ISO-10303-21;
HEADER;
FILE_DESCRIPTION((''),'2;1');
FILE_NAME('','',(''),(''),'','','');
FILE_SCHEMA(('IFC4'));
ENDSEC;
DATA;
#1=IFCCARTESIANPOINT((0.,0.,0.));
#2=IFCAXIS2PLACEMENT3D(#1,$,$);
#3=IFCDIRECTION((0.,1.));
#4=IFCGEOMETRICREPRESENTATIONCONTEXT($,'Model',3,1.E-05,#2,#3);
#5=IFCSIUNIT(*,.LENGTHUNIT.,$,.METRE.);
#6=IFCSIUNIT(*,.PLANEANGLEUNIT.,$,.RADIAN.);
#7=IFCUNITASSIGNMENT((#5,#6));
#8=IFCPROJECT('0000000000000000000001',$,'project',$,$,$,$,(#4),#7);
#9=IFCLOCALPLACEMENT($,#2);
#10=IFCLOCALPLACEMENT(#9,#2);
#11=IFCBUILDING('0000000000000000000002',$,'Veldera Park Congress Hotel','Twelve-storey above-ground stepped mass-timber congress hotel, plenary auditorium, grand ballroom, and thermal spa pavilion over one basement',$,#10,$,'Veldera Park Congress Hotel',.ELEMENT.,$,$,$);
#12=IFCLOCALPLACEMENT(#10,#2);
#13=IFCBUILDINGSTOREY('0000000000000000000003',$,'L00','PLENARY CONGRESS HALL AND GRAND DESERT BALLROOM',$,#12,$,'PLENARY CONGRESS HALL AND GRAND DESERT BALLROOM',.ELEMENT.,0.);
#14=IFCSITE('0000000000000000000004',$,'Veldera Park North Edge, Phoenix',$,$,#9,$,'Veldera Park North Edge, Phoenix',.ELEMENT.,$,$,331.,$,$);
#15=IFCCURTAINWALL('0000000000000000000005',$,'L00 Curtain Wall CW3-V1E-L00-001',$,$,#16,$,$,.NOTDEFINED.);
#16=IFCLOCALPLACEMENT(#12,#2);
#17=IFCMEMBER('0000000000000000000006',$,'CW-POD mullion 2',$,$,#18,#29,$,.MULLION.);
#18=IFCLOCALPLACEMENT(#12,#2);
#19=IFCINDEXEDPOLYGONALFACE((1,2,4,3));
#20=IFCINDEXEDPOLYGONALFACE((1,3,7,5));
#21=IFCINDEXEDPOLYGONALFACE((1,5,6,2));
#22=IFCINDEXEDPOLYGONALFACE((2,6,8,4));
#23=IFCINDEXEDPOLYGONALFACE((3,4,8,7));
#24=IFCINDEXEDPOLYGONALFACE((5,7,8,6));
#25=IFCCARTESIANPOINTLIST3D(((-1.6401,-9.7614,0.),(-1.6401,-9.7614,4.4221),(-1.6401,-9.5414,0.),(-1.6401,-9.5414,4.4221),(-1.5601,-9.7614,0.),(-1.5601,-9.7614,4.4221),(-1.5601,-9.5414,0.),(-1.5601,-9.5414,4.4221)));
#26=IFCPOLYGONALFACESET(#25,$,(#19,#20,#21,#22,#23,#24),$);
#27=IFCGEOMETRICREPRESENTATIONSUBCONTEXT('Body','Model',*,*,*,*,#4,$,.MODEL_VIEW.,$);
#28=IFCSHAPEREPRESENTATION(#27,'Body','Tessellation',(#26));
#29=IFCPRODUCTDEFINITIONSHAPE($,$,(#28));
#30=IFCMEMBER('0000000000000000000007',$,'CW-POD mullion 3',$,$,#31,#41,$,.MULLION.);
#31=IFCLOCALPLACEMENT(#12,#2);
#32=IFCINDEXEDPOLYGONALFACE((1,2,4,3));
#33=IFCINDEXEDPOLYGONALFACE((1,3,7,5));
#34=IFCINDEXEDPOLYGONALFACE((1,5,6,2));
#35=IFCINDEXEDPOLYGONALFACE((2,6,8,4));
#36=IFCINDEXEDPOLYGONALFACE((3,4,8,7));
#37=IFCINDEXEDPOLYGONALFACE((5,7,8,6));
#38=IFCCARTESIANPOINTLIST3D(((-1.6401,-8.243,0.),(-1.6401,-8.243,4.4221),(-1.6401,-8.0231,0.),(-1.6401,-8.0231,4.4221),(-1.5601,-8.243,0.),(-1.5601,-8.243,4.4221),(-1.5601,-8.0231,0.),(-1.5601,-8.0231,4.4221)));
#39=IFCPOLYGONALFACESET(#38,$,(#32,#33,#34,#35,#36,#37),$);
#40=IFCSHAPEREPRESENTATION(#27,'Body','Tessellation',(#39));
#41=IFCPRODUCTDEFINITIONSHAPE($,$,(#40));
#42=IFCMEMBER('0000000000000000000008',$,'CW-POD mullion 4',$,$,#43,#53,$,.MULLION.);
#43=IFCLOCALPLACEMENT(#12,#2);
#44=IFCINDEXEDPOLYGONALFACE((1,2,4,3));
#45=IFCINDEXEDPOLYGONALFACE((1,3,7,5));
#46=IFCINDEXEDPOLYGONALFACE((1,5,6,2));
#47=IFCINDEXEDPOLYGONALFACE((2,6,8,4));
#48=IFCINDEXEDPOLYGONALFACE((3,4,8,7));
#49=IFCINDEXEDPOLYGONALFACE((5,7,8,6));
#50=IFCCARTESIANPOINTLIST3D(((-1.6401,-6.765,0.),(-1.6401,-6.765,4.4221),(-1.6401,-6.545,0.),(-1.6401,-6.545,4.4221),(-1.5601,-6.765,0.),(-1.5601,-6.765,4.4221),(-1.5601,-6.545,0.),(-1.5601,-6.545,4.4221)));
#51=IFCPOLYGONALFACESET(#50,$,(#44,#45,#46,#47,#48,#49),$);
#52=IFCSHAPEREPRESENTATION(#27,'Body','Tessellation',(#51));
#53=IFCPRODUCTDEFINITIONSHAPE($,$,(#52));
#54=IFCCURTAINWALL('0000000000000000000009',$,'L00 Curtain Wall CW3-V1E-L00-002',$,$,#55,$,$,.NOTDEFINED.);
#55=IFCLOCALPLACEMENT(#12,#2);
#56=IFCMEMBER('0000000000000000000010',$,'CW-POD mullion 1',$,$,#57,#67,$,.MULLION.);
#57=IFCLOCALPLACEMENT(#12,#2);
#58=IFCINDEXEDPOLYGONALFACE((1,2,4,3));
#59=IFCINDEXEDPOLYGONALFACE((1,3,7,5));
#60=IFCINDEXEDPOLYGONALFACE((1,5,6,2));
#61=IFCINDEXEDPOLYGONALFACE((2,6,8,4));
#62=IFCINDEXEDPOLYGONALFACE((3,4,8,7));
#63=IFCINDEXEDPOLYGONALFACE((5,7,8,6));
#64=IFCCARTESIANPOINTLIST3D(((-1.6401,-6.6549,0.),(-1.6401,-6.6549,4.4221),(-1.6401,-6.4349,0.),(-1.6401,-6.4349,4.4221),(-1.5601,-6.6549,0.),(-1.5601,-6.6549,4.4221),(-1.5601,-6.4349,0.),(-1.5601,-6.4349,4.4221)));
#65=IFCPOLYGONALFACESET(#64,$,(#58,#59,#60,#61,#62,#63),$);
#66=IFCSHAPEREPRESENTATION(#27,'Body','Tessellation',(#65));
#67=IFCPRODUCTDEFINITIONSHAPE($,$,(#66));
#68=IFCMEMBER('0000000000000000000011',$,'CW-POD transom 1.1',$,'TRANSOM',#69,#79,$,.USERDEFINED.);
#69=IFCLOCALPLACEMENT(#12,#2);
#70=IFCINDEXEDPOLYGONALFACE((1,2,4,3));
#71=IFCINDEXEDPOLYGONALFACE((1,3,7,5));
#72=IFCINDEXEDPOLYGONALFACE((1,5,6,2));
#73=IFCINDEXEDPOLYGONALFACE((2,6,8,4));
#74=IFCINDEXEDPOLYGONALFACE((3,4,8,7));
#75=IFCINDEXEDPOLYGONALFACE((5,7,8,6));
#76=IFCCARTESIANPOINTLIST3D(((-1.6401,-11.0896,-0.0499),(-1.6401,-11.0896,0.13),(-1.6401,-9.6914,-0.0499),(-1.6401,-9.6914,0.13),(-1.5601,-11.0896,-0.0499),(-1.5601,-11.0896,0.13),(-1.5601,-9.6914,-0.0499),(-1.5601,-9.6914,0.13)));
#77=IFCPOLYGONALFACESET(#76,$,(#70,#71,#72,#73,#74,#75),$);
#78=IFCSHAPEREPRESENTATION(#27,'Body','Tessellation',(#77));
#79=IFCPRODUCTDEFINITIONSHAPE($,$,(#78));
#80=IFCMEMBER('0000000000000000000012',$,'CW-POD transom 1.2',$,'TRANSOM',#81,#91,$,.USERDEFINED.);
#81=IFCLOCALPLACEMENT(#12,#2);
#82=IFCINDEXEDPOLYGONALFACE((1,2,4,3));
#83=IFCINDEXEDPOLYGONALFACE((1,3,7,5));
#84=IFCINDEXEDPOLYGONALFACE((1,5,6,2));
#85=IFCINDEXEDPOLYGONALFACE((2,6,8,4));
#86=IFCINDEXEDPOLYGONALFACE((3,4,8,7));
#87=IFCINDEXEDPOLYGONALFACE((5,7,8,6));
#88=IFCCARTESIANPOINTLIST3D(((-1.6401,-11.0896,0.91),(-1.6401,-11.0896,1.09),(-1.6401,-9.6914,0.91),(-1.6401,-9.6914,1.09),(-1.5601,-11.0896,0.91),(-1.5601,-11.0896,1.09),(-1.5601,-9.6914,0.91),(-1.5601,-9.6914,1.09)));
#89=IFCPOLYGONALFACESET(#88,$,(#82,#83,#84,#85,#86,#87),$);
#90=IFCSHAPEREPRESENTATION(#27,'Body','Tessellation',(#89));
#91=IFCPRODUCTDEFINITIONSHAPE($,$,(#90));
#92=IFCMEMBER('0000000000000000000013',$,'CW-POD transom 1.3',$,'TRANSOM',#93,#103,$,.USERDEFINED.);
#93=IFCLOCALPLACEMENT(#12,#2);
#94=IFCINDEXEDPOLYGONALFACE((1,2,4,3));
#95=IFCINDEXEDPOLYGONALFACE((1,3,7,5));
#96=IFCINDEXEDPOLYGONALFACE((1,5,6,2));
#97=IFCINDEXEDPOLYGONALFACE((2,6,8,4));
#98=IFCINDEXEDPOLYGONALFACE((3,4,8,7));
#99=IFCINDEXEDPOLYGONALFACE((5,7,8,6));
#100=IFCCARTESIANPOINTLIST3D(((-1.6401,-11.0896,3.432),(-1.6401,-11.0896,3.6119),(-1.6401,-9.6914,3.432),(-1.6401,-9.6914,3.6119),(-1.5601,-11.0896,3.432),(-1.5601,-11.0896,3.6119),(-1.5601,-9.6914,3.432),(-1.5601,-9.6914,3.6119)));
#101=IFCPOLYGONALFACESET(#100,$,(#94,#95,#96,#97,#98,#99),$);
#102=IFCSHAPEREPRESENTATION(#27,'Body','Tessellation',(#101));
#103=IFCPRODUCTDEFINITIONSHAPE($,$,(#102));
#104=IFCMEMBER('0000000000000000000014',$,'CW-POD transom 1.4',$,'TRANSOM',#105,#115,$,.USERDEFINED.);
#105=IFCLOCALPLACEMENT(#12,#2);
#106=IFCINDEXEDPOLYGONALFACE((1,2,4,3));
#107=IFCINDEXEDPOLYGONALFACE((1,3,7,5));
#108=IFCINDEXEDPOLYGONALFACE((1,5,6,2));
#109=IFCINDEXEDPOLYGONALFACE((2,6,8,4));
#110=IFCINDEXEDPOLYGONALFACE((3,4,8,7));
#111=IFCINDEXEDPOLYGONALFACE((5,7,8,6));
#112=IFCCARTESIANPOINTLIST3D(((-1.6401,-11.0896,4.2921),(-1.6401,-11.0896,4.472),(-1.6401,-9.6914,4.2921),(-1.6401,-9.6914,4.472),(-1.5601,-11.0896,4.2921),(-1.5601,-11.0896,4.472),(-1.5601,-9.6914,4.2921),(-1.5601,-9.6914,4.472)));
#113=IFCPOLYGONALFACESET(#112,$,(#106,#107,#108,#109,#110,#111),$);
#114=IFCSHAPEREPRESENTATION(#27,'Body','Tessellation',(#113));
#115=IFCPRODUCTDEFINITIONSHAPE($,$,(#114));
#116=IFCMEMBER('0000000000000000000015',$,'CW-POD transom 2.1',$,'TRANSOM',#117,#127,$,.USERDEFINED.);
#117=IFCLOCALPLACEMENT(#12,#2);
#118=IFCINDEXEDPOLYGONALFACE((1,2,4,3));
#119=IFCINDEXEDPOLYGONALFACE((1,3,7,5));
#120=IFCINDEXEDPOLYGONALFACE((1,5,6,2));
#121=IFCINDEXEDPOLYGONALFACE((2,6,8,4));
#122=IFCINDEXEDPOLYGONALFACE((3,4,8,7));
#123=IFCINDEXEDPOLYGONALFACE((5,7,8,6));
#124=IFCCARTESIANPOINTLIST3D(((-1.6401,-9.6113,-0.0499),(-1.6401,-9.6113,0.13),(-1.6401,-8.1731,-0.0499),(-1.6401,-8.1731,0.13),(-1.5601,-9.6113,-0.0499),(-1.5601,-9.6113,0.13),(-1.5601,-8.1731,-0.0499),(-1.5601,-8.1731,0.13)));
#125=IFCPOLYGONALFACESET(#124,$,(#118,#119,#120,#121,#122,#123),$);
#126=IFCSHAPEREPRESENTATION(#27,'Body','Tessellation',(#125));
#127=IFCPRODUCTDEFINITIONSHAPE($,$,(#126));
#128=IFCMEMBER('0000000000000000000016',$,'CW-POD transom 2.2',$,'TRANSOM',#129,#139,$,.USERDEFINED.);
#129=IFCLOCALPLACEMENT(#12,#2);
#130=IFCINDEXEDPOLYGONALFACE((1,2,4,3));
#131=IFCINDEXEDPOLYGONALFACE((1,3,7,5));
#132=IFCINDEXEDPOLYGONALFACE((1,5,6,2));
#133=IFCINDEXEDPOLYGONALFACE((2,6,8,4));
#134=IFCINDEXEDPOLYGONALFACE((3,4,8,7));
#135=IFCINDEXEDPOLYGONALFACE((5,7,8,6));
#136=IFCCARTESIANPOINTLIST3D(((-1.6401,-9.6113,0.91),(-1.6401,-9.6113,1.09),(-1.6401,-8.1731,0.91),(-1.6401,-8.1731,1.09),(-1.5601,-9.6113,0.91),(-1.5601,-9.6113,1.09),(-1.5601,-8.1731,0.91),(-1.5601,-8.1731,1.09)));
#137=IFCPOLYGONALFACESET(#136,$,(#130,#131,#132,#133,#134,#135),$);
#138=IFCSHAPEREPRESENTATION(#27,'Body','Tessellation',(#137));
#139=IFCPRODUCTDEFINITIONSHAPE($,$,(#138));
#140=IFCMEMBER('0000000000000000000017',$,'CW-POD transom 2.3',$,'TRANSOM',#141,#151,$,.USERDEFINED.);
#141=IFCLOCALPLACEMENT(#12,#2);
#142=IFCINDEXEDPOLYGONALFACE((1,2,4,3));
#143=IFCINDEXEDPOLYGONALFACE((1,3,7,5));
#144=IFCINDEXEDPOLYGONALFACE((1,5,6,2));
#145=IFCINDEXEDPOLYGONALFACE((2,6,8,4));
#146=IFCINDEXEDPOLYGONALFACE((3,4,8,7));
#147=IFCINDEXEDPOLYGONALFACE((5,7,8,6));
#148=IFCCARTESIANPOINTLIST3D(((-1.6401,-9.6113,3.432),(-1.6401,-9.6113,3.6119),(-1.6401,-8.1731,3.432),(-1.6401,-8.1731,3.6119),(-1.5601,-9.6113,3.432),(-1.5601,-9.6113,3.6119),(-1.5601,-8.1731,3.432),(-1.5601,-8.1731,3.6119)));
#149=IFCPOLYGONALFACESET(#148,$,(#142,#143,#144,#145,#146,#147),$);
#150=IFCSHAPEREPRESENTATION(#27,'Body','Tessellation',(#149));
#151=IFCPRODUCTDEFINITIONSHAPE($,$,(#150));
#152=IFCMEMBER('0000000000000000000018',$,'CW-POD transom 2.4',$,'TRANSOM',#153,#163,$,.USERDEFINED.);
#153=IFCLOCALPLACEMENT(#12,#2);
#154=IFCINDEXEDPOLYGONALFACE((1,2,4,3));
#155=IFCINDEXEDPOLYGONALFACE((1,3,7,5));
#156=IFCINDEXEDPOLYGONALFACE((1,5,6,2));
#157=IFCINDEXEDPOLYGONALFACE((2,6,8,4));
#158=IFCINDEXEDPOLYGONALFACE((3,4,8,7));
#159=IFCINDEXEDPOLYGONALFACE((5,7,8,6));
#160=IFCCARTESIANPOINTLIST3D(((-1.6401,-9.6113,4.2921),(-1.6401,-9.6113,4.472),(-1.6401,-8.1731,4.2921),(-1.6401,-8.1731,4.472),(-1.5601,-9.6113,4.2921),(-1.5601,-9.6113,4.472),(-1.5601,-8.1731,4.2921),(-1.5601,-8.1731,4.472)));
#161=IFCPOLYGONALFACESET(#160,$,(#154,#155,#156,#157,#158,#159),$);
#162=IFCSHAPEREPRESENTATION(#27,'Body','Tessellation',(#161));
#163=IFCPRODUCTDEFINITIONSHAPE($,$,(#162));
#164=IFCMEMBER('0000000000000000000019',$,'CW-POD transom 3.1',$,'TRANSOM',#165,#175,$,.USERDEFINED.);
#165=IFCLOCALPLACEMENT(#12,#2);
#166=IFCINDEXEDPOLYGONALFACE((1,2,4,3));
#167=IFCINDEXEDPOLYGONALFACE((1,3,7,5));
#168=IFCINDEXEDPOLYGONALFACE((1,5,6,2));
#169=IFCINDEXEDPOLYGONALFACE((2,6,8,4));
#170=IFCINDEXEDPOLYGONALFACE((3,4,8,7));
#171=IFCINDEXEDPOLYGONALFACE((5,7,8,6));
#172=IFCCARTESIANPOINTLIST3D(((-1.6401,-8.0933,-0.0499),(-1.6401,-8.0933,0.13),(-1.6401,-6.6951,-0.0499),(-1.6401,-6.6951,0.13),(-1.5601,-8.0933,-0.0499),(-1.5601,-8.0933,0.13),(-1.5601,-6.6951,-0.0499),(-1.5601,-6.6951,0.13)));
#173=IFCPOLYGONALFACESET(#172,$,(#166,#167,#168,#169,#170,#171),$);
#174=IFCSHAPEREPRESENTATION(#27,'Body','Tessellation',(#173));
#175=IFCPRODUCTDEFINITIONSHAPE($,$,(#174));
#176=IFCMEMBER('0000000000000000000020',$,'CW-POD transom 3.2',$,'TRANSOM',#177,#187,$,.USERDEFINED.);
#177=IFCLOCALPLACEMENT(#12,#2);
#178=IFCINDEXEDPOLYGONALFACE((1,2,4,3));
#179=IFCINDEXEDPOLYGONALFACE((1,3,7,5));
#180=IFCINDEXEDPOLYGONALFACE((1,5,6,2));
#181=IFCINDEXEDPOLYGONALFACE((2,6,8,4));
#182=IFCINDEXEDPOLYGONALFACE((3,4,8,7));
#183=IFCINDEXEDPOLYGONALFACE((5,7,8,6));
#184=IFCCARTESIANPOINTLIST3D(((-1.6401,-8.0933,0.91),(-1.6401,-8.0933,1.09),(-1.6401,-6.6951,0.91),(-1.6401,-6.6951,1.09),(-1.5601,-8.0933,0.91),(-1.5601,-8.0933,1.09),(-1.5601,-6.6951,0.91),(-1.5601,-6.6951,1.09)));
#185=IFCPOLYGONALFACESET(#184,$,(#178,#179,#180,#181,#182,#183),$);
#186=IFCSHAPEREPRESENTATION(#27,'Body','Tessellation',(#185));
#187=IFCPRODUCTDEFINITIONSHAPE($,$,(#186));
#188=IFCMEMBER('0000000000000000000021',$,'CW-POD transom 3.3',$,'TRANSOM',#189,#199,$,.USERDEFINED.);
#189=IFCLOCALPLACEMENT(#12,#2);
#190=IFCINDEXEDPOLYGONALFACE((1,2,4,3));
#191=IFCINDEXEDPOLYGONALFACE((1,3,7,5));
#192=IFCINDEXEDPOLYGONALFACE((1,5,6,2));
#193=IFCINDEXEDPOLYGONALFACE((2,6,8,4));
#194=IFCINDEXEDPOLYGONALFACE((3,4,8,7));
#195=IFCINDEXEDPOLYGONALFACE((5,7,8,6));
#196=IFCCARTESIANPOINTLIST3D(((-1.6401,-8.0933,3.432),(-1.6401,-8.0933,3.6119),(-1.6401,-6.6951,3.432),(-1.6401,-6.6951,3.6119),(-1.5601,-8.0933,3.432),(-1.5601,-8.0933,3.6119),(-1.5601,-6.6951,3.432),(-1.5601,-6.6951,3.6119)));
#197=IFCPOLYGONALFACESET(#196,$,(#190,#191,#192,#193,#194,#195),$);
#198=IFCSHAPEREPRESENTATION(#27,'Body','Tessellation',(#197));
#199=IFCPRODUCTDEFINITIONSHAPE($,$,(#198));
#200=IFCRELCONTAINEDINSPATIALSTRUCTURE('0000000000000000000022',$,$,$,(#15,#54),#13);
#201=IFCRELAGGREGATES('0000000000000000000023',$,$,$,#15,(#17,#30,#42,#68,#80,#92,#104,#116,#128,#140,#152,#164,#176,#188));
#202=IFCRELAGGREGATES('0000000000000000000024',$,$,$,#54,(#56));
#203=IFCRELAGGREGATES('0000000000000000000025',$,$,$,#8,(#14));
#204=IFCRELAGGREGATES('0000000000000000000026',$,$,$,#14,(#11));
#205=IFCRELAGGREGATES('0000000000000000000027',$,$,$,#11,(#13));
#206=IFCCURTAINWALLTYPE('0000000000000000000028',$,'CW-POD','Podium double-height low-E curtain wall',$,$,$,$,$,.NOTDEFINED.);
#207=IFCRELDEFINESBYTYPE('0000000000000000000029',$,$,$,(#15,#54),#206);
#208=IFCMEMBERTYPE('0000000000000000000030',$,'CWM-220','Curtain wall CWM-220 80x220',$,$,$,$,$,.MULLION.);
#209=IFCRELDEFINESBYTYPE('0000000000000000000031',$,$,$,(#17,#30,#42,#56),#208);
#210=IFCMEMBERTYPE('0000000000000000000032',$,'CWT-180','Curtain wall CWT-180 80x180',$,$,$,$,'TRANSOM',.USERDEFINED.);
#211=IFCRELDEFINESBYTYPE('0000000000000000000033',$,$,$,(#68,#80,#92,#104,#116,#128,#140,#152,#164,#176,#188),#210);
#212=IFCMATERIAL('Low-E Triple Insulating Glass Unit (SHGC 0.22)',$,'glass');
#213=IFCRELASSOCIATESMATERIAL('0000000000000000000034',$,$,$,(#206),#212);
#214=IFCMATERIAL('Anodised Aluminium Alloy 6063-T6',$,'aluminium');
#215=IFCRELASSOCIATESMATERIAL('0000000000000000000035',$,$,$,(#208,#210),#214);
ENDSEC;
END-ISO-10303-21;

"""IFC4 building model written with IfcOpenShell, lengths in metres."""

from ifc_helpers import new_model, si_unit, direction, frame, origin, origin_2d, place, context, subcontext, project, spatial, rectangle, extrude, material, material_profile, profile_set, type_object, element, aggregate, save


model = new_model("IFC4")

# Units and contexts
model_context = context("Model", 3, precision=1e-05, world=origin(), true_north=direction((0.0, 1.0)))
body_context = subcontext(model_context, "Body", "Model", "MODEL_VIEW")
ifc_project = project(units=[si_unit("LENGTHUNIT", "METRE"), si_unit("PLANEANGLEUNIT", "RADIAN")], contexts=[model_context])

# Site, building, storey
site_placement = place(None, origin())
site = spatial("IfcSite", under=ifc_project, at=site_placement, Name="Veldera Park North Edge, Phoenix", LongName="Veldera Park North Edge, Phoenix", CompositionType="ELEMENT", RefElevation=331.0)
building_placement = place(site_placement, origin())
building = spatial("IfcBuilding", under=site, at=building_placement, Name="Veldera Park Congress Hotel", Description="Twelve-storey above-ground stepped mass-timber congress hotel, plenary auditorium, grand ballroom, and thermal spa pavilion over one basement", LongName="Veldera Park Congress Hotel", CompositionType="ELEMENT")
storey_placement = place(building_placement, origin())
storey = spatial("IfcBuildingStorey", under=building, at=storey_placement, Name="L00", Description="PLENARY CONGRESS HALL AND GRAND DESERT BALLROOM", LongName="PLENARY CONGRESS HALL AND GRAND DESERT BALLROOM", CompositionType="ELEMENT", Elevation=0.0)

# Curtain wall, members
ifc_material_1 = material(Name="Low-E Triple Insulating Glass Unit (SHGC 0.22)", Category="glass")
curtain_wall_type = type_object("IfcCurtainWallType", Name="CW-POD", Description="Podium double-height low-E curtain wall", PredefinedType="NOTDEFINED", material=ifc_material_1)
curtain_wall_1_placement = place(storey_placement, origin())
curtain_wall_1 = element("IfcCurtainWall", 1, at=curtain_wall_1_placement, inside=storey, type_object=curtain_wall_type, Name="L00 Curtain Wall CW3-V1E-L00-001", PredefinedType="NOTDEFINED")
ifc_material_2 = material(Name="Anodised Aluminium Alloy 6063-T6", Category="aluminium")
ifc_material_profile_1 = material_profile(ifc_material_2, rectangle(XDim=0.0801, YDim=0.22, at=origin_2d()), Name="ALU 80x220")
ifc_profile_set_1 = profile_set([ifc_material_profile_1], Name="Anodised Aluminium Alloy 6063-T6")
member_type_1 = type_object("IfcMemberType", Name="CWM-220", Description="Curtain wall CWM-220 80x220", PredefinedType="MULLION", material=ifc_profile_set_1)
member_1_placement = place(storey_placement, frame((-1.6001, -9.6514, 0.0), z_axis=(0.0, 0.0, 1.0), x_axis=(-1.0, 0.0, 0.0)))
member_1 = element("IfcMember", 2, at=member_1_placement, type_object=member_type_1, Name="CW-POD mullion 2", PredefinedType="MULLION", context=body_context, shape_type="SweptSolid", body=[
    extrude(rectangle(XDim=0.0801, YDim=0.22, at=origin_2d()), origin(), (0.0, 0.0, 1.0), 4.4221),
])
member_2_placement = place(storey_placement, frame((-1.6001, -8.1331, 0.0), z_axis=(0.0, 0.0, 1.0), x_axis=(-1.0, 0.0, 0.0)))
member_2 = element("IfcMember", 3, at=member_2_placement, type_object=member_type_1, Name="CW-POD mullion 3", PredefinedType="MULLION", context=body_context, shape_type="SweptSolid", body=[
    extrude(rectangle(XDim=0.0801, YDim=0.22, at=origin_2d()), origin(), (0.0, 0.0, 1.0), 4.4221),
])
member_3_placement = place(storey_placement, frame((-1.6001, -6.655, 0.0), z_axis=(0.0, 0.0, 1.0), x_axis=(-1.0, 0.0, 0.0)))
member_3 = element("IfcMember", 4, at=member_3_placement, type_object=member_type_1, Name="CW-POD mullion 4", PredefinedType="MULLION", context=body_context, shape_type="SweptSolid", body=[
    extrude(rectangle(XDim=0.0801, YDim=0.22, at=origin_2d()), origin(), (0.0, 0.0, 1.0), 4.4221),
])

# Curtain wall, member
curtain_wall_2_placement = place(storey_placement, origin())
curtain_wall_2 = element("IfcCurtainWall", 5, at=curtain_wall_2_placement, inside=storey, type_object=curtain_wall_type, Name="L00 Curtain Wall CW3-V1E-L00-002", PredefinedType="NOTDEFINED")
member_4_placement = place(storey_placement, frame((-1.6001, -6.5449, 0.0), z_axis=(0.0, 0.0, 1.0), x_axis=(-1.0, 0.0, 0.0)))
member_4 = element("IfcMember", 6, at=member_4_placement, type_object=member_type_1, Name="CW-POD mullion 1", PredefinedType="MULLION", context=body_context, shape_type="SweptSolid", body=[
    extrude(rectangle(XDim=0.0801, YDim=0.22, at=origin_2d()), origin(), (0.0, 0.0, 1.0), 4.4221),
])

# Members
ifc_material_profile_2 = material_profile(ifc_material_2, rectangle(XDim=0.0801, YDim=0.1799, at=origin_2d()), Name="ALU 80x180")
ifc_profile_set_2 = profile_set([ifc_material_profile_2], Name="Anodised Aluminium Alloy 6063-T6")
member_type_2 = type_object("IfcMemberType", Name="CWT-180", Description="Curtain wall CWT-180 80x180", ElementType="TRANSOM", PredefinedType="USERDEFINED", material=ifc_profile_set_2)
member_5_placement = place(storey_placement, frame((-1.6001, -11.0896, 0.04), z_axis=(0.0, 1.0, 0.0), x_axis=(-1.0, 0.0, 0.0)))
member_5 = element("IfcMember", 7, at=member_5_placement, type_object=member_type_2, Name="CW-POD transom 1.1", ObjectType="TRANSOM", PredefinedType="USERDEFINED", context=body_context, shape_type="SweptSolid", body=[
    extrude(rectangle(XDim=0.0801, YDim=0.1799, at=origin_2d()), origin(), (0.0, 0.0, 1.0), 1.3982),
])
member_6_placement = place(storey_placement, frame((-1.6001, -11.0896, 1.0), z_axis=(0.0, 1.0, 0.0), x_axis=(-1.0, 0.0, 0.0)))
member_6 = element("IfcMember", 8, at=member_6_placement, type_object=member_type_2, Name="CW-POD transom 1.2", ObjectType="TRANSOM", PredefinedType="USERDEFINED", context=body_context, shape_type="SweptSolid", body=[
    extrude(rectangle(XDim=0.0801, YDim=0.1799, at=origin_2d()), origin(), (0.0, 0.0, 1.0), 1.3982),
])
member_7_placement = place(storey_placement, frame((-1.6001, -11.0896, 3.522), z_axis=(0.0, 1.0, 0.0), x_axis=(-1.0, 0.0, 0.0)))
member_7 = element("IfcMember", 9, at=member_7_placement, type_object=member_type_2, Name="CW-POD transom 1.3", ObjectType="TRANSOM", PredefinedType="USERDEFINED", context=body_context, shape_type="SweptSolid", body=[
    extrude(rectangle(XDim=0.0801, YDim=0.1799, at=origin_2d()), origin(), (0.0, 0.0, 1.0), 1.3982),
])
member_8_placement = place(storey_placement, frame((-1.6001, -11.0896, 4.3821), z_axis=(0.0, 1.0, 0.0), x_axis=(-1.0, 0.0, 0.0)))
member_8 = element("IfcMember", 10, at=member_8_placement, type_object=member_type_2, Name="CW-POD transom 1.4", ObjectType="TRANSOM", PredefinedType="USERDEFINED", context=body_context, shape_type="SweptSolid", body=[
    extrude(rectangle(XDim=0.0801, YDim=0.1799, at=origin_2d()), origin(), (0.0, 0.0, 1.0), 1.3982),
])
member_9_placement = place(storey_placement, frame((-1.6001, -9.6113, 0.04), z_axis=(0.0, 1.0, 0.0), x_axis=(-1.0, 0.0, 0.0)))
member_9 = element("IfcMember", 11, at=member_9_placement, type_object=member_type_2, Name="CW-POD transom 2.1", ObjectType="TRANSOM", PredefinedType="USERDEFINED", context=body_context, shape_type="SweptSolid", body=[
    extrude(rectangle(XDim=0.0801, YDim=0.1799, at=origin_2d()), origin(), (0.0, 0.0, 1.0), 1.4382),
])
member_10_placement = place(storey_placement, frame((-1.6001, -9.6113, 1.0), z_axis=(0.0, 1.0, 0.0), x_axis=(-1.0, 0.0, 0.0)))
member_10 = element("IfcMember", 12, at=member_10_placement, type_object=member_type_2, Name="CW-POD transom 2.2", ObjectType="TRANSOM", PredefinedType="USERDEFINED", context=body_context, shape_type="SweptSolid", body=[
    extrude(rectangle(XDim=0.0801, YDim=0.1799, at=origin_2d()), origin(), (0.0, 0.0, 1.0), 1.4382),
])
member_11_placement = place(storey_placement, frame((-1.6001, -9.6113, 3.522), z_axis=(0.0, 1.0, 0.0), x_axis=(-1.0, 0.0, 0.0)))
member_11 = element("IfcMember", 13, at=member_11_placement, type_object=member_type_2, Name="CW-POD transom 2.3", ObjectType="TRANSOM", PredefinedType="USERDEFINED", context=body_context, shape_type="SweptSolid", body=[
    extrude(rectangle(XDim=0.0801, YDim=0.1799, at=origin_2d()), origin(), (0.0, 0.0, 1.0), 1.4382),
])
member_12_placement = place(storey_placement, frame((-1.6001, -9.6113, 4.3821), z_axis=(0.0, 1.0, 0.0), x_axis=(-1.0, 0.0, 0.0)))
member_12 = element("IfcMember", 14, at=member_12_placement, type_object=member_type_2, Name="CW-POD transom 2.4", ObjectType="TRANSOM", PredefinedType="USERDEFINED", context=body_context, shape_type="SweptSolid", body=[
    extrude(rectangle(XDim=0.0801, YDim=0.1799, at=origin_2d()), origin(), (0.0, 0.0, 1.0), 1.4382),
])
member_13_placement = place(storey_placement, frame((-1.6001, -8.0933, 0.04), z_axis=(0.0, 1.0, 0.0), x_axis=(-1.0, 0.0, 0.0)))
member_13 = element("IfcMember", 15, at=member_13_placement, type_object=member_type_2, Name="CW-POD transom 3.1", ObjectType="TRANSOM", PredefinedType="USERDEFINED", context=body_context, shape_type="SweptSolid", body=[
    extrude(rectangle(XDim=0.0801, YDim=0.1799, at=origin_2d()), origin(), (0.0, 0.0, 1.0), 1.3982),
])
member_14_placement = place(storey_placement, frame((-1.6001, -8.0933, 1.0), z_axis=(0.0, 1.0, 0.0), x_axis=(-1.0, 0.0, 0.0)))
member_14 = element("IfcMember", 16, at=member_14_placement, type_object=member_type_2, Name="CW-POD transom 3.2", ObjectType="TRANSOM", PredefinedType="USERDEFINED", context=body_context, shape_type="SweptSolid", body=[
    extrude(rectangle(XDim=0.0801, YDim=0.1799, at=origin_2d()), origin(), (0.0, 0.0, 1.0), 1.3982),
])
member_15_placement = place(storey_placement, frame((-1.6001, -8.0933, 3.522), z_axis=(0.0, 1.0, 0.0), x_axis=(-1.0, 0.0, 0.0)))
member_15 = element("IfcMember", 17, at=member_15_placement, type_object=member_type_2, Name="CW-POD transom 3.3", ObjectType="TRANSOM", PredefinedType="USERDEFINED", context=body_context, shape_type="SweptSolid", body=[
    extrude(rectangle(XDim=0.0801, YDim=0.1799, at=origin_2d()), origin(), (0.0, 0.0, 1.0), 1.3982),
])

aggregate(curtain_wall_1, [member_1, member_2, member_3, member_5, member_6, member_7, member_8, member_9, member_10, member_11, member_12, member_13, member_14, member_15])
aggregate(curtain_wall_2, [member_4])

save(model, "model.ifc")
